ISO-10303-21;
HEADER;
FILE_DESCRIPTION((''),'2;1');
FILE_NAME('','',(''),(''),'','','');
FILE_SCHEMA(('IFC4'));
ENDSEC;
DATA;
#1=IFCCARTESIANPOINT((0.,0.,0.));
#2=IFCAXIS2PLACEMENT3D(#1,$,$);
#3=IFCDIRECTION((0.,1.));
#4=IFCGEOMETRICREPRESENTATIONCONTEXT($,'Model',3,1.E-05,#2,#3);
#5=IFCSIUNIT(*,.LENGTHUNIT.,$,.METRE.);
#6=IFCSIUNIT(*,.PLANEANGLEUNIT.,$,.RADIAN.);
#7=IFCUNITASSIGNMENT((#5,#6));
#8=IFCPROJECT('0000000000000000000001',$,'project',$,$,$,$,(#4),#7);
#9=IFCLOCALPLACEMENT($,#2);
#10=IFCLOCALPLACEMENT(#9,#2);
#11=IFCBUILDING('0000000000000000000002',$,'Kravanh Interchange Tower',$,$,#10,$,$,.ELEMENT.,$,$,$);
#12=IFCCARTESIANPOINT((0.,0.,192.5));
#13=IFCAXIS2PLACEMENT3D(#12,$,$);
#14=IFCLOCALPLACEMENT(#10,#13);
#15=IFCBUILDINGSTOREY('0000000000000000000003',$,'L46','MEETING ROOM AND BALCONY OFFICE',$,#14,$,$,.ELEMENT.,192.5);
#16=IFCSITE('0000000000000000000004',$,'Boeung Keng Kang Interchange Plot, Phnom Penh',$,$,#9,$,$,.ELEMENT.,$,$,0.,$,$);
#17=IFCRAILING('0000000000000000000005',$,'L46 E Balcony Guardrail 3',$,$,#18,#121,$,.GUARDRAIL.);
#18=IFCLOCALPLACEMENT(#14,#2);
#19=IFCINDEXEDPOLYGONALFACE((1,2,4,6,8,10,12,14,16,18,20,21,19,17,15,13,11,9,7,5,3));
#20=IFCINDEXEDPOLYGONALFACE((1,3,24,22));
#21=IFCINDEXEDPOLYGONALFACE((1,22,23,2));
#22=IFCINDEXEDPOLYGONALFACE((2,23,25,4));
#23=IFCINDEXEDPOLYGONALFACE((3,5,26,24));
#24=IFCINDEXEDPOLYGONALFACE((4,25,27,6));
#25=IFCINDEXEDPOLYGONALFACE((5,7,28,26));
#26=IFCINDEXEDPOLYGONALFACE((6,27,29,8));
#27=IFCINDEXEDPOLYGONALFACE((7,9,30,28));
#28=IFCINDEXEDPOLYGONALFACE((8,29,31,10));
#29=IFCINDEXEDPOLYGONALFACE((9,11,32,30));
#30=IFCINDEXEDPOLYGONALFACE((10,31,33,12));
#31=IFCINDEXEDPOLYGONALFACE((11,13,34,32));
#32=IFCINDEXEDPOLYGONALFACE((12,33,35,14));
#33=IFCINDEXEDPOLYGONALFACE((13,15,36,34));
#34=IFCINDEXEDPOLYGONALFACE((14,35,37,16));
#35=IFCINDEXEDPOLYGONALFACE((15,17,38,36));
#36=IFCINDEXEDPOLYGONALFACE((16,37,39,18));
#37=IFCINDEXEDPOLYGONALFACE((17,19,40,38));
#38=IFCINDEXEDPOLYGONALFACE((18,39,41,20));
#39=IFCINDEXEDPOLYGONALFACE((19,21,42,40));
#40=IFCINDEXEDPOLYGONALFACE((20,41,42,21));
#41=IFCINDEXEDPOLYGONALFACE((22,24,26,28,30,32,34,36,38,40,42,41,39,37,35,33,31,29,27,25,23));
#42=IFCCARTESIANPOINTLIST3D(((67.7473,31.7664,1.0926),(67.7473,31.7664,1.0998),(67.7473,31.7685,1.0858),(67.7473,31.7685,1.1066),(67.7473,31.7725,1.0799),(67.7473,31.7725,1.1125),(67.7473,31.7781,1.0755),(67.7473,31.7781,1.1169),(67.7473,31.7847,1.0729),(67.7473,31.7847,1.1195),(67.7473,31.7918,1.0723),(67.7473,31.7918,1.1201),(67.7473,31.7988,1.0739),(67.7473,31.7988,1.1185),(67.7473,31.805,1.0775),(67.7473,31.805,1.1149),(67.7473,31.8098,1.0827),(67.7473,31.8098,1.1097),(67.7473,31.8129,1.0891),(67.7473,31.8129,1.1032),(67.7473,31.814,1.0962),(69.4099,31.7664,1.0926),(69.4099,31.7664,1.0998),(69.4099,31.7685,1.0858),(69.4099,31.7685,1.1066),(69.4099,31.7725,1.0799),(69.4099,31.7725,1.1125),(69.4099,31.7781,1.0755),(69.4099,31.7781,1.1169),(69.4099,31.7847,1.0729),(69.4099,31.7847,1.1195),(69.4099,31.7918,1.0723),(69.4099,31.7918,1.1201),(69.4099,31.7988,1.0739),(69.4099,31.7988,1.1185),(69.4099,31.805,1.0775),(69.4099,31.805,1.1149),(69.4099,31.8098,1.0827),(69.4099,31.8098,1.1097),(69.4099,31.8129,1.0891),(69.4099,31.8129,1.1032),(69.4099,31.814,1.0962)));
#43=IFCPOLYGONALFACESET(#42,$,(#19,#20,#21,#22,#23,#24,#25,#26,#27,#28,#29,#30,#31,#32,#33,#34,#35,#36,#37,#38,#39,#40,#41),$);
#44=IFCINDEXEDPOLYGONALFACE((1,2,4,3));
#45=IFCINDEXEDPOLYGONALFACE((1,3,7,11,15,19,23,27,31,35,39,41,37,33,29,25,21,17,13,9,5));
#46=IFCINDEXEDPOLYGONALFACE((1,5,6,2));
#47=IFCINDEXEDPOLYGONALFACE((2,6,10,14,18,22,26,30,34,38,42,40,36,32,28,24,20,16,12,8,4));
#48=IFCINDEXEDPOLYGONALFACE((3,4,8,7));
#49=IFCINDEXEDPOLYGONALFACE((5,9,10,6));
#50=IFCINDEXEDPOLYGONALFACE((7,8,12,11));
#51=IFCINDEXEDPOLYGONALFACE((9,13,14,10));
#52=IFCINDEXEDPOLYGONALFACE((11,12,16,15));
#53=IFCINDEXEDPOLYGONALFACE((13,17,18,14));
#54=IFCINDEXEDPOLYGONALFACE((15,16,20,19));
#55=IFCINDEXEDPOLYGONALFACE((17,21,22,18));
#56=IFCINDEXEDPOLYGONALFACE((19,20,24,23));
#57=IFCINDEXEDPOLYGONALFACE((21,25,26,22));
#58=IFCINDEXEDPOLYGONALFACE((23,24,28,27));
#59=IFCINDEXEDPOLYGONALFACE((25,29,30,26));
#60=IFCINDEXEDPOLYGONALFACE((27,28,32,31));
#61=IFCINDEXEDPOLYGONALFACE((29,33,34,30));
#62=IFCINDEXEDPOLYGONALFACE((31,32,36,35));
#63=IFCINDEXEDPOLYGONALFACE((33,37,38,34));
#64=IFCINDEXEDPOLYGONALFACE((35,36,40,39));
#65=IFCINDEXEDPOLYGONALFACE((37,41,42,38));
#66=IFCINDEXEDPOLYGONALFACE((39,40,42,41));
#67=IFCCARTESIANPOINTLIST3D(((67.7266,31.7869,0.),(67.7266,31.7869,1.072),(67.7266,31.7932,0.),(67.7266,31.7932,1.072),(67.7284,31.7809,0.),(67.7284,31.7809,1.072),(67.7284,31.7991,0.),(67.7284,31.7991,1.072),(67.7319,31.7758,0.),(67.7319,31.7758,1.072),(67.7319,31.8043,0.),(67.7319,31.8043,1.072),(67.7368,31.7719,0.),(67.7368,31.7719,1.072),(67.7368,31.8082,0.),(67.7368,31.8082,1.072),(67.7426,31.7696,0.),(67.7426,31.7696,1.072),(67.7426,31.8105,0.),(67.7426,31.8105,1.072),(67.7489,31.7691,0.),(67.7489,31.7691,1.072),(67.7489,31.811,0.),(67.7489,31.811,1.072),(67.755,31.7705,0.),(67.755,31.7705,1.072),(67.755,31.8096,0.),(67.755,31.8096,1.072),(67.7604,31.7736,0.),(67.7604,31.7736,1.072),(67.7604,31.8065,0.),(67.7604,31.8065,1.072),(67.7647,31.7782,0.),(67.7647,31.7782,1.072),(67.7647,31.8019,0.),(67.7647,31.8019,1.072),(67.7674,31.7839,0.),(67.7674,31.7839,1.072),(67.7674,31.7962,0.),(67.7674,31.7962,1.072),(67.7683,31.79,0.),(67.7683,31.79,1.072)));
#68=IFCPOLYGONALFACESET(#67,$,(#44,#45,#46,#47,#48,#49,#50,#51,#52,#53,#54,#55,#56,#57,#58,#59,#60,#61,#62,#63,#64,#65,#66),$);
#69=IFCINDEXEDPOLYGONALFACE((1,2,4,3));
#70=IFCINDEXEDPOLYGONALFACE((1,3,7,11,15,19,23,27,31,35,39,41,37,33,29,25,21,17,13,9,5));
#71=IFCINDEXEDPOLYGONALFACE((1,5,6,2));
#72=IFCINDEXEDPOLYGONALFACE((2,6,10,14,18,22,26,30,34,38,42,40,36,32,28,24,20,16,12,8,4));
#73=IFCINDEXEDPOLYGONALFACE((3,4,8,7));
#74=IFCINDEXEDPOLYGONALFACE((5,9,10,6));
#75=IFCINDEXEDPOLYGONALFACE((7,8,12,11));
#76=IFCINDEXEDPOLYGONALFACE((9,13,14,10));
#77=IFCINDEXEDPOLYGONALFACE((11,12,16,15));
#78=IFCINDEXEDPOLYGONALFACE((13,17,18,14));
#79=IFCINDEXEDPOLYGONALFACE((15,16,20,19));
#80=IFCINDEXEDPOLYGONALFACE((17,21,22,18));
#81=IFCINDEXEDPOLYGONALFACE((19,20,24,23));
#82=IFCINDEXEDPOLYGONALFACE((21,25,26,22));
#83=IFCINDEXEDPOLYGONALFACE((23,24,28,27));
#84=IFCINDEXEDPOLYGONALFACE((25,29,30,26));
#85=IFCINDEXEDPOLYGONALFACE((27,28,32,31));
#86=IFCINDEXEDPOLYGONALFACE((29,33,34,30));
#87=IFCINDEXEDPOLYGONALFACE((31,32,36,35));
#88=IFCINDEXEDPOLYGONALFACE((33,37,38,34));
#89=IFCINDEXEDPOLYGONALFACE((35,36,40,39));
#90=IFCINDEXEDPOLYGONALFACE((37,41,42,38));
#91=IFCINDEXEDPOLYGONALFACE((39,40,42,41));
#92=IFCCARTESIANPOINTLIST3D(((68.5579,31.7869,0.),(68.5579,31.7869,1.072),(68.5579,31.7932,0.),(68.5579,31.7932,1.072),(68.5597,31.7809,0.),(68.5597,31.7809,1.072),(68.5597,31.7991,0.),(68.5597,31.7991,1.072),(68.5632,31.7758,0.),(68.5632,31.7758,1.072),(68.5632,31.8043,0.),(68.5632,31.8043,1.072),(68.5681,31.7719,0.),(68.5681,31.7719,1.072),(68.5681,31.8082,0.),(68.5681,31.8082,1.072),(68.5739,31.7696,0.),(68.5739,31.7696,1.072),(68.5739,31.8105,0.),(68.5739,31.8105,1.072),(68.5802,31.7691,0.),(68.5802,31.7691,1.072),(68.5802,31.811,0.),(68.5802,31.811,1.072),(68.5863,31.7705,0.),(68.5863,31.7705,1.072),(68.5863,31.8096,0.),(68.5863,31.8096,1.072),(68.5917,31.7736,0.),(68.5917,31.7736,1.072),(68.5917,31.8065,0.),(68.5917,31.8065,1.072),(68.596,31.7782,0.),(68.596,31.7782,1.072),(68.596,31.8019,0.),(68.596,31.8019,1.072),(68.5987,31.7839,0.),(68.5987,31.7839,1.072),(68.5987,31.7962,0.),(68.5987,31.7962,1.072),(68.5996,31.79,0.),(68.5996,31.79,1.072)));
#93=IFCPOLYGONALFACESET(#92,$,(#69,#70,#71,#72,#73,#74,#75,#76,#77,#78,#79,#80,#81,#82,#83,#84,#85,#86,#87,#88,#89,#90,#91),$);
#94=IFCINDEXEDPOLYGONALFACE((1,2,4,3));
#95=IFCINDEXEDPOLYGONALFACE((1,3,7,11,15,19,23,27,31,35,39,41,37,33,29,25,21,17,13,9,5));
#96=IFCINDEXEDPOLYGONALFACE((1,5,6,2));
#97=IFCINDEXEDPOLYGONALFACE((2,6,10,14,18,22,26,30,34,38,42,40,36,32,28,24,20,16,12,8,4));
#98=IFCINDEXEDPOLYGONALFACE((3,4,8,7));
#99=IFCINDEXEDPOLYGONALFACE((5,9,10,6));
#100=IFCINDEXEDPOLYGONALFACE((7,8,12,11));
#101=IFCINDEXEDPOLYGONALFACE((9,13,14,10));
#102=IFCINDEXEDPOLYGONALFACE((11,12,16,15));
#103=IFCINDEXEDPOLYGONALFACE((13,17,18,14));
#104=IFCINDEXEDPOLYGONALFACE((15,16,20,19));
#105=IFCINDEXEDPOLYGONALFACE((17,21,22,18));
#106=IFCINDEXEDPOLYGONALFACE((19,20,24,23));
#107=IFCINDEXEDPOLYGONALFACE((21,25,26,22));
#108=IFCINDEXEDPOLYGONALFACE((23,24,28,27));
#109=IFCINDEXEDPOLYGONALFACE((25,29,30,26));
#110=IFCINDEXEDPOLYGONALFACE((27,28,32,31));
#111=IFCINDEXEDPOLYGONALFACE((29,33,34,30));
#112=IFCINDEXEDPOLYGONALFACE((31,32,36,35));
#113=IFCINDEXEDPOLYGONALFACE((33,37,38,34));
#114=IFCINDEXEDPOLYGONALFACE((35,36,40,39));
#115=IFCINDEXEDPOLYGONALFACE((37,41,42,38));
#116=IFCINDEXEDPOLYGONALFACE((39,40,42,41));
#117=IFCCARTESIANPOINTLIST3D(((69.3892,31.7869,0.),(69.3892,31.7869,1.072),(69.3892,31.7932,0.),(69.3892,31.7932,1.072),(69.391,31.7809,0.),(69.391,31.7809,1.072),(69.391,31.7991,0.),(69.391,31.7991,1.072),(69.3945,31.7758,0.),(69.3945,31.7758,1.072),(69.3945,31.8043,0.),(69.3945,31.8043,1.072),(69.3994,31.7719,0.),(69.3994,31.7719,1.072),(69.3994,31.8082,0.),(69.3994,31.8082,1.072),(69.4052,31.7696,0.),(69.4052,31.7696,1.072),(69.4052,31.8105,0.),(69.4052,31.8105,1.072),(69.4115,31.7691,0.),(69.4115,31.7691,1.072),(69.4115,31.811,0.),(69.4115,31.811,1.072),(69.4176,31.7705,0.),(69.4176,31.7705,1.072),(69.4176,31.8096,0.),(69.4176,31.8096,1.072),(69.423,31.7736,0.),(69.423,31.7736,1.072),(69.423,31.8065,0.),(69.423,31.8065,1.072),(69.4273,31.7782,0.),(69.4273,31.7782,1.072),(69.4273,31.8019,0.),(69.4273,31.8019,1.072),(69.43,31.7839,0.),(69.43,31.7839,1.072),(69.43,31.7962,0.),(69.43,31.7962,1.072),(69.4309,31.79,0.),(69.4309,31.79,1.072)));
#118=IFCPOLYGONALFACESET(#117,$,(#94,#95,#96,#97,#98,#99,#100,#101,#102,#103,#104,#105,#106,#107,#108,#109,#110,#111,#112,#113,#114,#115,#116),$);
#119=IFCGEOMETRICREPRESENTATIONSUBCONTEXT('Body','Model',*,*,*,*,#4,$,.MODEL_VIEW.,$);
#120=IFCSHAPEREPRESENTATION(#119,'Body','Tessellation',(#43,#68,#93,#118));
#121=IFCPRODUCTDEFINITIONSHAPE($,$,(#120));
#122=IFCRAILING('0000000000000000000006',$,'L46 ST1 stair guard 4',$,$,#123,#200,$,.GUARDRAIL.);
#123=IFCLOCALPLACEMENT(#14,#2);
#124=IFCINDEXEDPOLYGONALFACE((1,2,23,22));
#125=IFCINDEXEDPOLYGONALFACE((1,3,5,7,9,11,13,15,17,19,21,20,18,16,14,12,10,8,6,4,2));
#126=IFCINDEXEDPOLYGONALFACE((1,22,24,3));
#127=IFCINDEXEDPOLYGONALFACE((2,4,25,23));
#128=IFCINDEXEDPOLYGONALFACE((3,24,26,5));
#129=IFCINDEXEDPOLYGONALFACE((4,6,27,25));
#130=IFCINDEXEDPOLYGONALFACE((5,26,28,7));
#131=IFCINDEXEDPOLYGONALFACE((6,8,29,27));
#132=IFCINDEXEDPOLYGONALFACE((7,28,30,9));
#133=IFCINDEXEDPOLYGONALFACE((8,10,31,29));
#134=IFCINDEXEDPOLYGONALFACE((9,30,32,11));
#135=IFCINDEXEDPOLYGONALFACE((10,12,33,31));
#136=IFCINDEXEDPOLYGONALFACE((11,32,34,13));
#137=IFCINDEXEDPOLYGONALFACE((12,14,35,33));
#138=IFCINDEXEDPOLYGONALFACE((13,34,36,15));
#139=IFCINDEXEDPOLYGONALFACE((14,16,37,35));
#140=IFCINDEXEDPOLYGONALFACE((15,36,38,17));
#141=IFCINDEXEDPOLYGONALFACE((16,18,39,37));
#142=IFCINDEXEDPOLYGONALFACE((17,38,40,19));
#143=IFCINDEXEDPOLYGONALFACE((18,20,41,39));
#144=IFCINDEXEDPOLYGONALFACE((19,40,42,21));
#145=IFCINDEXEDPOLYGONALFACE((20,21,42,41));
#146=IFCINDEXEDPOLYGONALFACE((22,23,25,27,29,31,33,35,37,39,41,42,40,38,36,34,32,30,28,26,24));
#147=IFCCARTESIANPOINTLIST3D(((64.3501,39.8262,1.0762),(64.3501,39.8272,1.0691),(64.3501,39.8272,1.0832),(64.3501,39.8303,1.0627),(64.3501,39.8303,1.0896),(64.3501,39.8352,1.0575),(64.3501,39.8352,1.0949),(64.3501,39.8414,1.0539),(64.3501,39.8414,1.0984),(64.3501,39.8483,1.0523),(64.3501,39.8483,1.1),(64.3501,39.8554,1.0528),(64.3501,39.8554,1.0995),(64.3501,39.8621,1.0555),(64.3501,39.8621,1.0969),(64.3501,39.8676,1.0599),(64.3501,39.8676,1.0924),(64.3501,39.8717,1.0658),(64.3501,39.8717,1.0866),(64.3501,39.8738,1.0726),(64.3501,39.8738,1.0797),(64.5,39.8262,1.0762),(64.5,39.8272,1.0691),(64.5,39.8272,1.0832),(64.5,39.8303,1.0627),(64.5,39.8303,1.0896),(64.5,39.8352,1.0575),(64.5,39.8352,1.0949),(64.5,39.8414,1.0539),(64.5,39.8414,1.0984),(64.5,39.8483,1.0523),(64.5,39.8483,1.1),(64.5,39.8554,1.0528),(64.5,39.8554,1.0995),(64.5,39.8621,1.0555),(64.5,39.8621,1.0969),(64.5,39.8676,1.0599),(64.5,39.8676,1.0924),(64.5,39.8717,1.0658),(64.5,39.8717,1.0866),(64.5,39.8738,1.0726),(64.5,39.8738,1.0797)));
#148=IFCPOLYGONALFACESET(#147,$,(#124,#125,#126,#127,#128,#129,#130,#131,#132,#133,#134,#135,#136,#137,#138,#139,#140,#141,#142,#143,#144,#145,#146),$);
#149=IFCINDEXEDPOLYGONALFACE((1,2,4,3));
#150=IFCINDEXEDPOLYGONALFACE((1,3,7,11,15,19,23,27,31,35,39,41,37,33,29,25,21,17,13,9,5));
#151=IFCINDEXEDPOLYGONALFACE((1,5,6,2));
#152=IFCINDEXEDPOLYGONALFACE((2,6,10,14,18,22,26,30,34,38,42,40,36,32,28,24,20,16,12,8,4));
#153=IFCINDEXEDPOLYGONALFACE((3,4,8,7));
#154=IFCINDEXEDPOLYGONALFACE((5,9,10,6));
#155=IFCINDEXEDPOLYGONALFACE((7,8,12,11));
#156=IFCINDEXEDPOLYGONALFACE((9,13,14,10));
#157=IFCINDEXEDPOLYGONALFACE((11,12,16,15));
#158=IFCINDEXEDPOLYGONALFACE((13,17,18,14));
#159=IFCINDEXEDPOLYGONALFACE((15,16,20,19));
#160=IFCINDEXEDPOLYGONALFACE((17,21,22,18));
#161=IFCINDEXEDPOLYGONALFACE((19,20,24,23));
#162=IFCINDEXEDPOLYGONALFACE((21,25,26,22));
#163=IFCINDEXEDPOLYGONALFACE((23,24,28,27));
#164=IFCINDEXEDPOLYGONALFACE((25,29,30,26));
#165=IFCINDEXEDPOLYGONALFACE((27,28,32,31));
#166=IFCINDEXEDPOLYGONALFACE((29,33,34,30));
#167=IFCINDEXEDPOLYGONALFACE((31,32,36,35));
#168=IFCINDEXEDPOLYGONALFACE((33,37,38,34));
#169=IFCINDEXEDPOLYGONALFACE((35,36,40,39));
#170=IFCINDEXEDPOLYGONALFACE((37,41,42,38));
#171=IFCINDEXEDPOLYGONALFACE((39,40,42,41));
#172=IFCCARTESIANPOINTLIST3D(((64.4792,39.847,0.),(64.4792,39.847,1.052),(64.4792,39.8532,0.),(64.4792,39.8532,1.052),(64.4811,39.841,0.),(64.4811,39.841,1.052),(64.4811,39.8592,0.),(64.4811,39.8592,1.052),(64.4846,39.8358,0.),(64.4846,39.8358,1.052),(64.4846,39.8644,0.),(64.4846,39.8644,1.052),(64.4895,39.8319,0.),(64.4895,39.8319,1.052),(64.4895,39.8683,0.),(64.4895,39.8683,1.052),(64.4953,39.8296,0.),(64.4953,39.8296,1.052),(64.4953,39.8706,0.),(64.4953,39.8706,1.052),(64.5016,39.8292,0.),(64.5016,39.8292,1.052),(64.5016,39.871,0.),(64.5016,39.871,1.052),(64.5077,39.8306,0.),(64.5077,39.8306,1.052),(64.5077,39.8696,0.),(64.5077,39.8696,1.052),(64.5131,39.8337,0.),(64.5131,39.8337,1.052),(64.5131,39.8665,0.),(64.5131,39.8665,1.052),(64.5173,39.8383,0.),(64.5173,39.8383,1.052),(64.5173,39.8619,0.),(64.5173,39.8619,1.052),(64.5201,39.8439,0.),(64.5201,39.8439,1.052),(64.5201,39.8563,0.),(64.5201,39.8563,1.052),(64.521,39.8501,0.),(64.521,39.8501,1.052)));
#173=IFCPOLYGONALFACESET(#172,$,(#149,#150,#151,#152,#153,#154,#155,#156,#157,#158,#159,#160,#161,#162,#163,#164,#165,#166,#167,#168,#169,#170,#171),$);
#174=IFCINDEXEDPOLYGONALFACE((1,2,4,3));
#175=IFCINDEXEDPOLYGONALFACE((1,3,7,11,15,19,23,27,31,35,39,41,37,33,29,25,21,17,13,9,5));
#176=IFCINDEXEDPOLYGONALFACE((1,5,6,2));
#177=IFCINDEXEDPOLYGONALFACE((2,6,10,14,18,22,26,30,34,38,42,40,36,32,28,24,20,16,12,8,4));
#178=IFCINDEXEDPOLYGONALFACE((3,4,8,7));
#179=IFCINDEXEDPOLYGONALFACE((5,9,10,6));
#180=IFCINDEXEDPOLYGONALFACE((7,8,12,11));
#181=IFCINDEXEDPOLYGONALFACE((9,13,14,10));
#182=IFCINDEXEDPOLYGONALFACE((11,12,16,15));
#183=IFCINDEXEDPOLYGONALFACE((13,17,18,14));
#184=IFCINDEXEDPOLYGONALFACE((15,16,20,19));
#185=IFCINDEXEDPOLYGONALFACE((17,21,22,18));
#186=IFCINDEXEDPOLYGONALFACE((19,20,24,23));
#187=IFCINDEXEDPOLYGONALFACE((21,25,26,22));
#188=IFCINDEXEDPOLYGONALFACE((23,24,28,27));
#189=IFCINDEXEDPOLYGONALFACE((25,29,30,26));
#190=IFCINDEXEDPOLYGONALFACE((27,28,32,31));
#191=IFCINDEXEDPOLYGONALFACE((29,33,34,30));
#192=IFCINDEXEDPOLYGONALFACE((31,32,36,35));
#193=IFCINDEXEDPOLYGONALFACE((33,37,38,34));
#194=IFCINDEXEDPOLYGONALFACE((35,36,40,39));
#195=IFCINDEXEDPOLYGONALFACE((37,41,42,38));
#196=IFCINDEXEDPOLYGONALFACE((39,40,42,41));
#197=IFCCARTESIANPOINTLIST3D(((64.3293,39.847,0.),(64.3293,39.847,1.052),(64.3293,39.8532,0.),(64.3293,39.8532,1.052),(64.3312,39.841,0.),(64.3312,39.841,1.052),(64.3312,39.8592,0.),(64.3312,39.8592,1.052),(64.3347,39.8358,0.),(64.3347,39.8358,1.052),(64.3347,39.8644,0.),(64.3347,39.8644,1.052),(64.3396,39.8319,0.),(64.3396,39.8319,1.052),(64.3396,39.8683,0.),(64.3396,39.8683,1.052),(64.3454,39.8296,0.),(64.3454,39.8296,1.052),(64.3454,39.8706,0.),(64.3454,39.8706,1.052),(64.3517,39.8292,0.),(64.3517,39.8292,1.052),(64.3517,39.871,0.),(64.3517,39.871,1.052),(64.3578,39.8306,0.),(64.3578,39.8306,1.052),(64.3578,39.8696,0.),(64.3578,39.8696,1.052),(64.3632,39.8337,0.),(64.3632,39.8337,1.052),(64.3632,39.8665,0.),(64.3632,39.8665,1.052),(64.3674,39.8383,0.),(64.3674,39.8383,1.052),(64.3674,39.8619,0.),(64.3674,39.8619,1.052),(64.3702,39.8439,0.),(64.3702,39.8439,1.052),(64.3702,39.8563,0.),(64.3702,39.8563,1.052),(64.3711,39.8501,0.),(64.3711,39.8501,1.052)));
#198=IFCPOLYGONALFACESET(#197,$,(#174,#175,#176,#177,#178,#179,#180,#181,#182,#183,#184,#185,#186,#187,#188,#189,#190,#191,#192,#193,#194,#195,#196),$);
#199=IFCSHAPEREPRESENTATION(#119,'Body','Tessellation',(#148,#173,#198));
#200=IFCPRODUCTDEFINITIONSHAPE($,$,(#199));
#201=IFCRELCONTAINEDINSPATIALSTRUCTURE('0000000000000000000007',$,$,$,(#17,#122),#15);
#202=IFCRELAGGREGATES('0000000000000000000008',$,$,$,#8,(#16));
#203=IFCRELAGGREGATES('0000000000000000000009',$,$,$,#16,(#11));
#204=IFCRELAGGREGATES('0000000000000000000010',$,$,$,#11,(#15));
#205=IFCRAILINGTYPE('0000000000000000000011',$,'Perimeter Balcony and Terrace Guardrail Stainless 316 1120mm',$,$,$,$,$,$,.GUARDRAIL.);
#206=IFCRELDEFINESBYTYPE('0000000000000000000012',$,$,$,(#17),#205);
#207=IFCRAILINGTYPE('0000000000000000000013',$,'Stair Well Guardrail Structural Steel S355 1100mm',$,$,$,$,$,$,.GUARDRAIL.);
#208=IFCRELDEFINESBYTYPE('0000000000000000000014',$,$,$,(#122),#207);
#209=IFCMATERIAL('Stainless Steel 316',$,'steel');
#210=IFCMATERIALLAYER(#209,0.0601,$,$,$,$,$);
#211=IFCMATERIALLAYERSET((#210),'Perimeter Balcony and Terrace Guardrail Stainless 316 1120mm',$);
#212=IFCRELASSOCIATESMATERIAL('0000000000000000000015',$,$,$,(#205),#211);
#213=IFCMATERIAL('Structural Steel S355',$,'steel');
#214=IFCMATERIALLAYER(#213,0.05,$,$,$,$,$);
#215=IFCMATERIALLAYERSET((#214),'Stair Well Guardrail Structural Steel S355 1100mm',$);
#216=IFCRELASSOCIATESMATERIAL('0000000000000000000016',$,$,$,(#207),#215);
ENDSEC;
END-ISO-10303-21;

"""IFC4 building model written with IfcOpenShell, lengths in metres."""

from ifc_helpers import new_model, si_unit, direction, frame, origin, origin_2d, place, context, subcontext, project, spatial, circle, extrude, material, layer, layer_set, type_object, element, save


model = new_model("IFC4")

# Units and contexts
model_context = context("Model", 3, precision=1e-05, world=origin(), true_north=direction((0.0, 1.0)))
body_context = subcontext(model_context, "Body", "Model", "MODEL_VIEW")
ifc_project = project(units=[si_unit("LENGTHUNIT", "METRE"), si_unit("PLANEANGLEUNIT", "RADIAN")], contexts=[model_context])

# Site, building, storey
site_placement = place(None, origin())
site = spatial("IfcSite", under=ifc_project, at=site_placement, Name="Boeung Keng Kang Interchange Plot, Phnom Penh", CompositionType="ELEMENT", RefElevation=0.0)
building_placement = place(site_placement, origin())
building = spatial("IfcBuilding", under=site, at=building_placement, Name="Kravanh Interchange Tower", CompositionType="ELEMENT")
storey_placement = place(building_placement, frame((0.0, 0.0, 192.5)))
storey = spatial("IfcBuildingStorey", under=building, at=storey_placement, Name="L46", Description="MEETING ROOM AND BALCONY OFFICE", CompositionType="ELEMENT", Elevation=192.5)

# Railings
ifc_material_1 = material(Name="Stainless Steel 316", Category="steel")
ifc_layer_1 = layer(ifc_material_1, 0.0601)
ifc_layer_set_1 = layer_set([ifc_layer_1], Name="Perimeter Balcony and Terrace Guardrail Stainless 316 1120mm")
railing_type_1 = type_object("IfcRailingType", Name="Perimeter Balcony and Terrace Guardrail Stainless 316 1120mm", PredefinedType="GUARDRAIL", material=ifc_layer_set_1)
railing_1_placement = place(storey_placement, frame((67.7473, 31.79, 0.0)))
element("IfcRailing", 1, at=railing_1_placement, inside=storey, type_object=railing_type_1, Name="L46 E Balcony Guardrail 3", PredefinedType="GUARDRAIL", context=body_context, shape_type="SweptSolid", body=[
    extrude(circle(Radius=0.0239, at=origin_2d()), frame((0.0, 0.0, 1.0962), z_axis=(1.0, 0.0, 0.0), x_axis=(0.0, 1.0, 0.0)), (0.0, 0.0, 1.0), 1.6626),
    extrude(circle(Radius=0.021, at=origin_2d()), origin(), (0.0, 0.0, 1.0), 1.072),
    extrude(circle(Radius=0.021, at=origin_2d()), frame((0.8313, 0.0, 0.0)), (0.0, 0.0, 1.0), 1.072),
    extrude(circle(Radius=0.021, at=origin_2d()), frame((1.6626, 0.0, 0.0)), (0.0, 0.0, 1.0), 1.072),
])
ifc_material_2 = material(Name="Structural Steel S355", Category="steel")
ifc_layer_2 = layer(ifc_material_2, 0.05)
ifc_layer_set_2 = layer_set([ifc_layer_2], Name="Stair Well Guardrail Structural Steel S355 1100mm")
railing_type_2 = type_object("IfcRailingType", Name="Stair Well Guardrail Structural Steel S355 1100mm", PredefinedType="GUARDRAIL", material=ifc_layer_set_2)
railing_2_placement = place(storey_placement, frame((64.5, 39.8501, 0.0)))
element("IfcRailing", 2, at=railing_2_placement, inside=storey, type_object=railing_type_2, Name="L46 ST1 stair guard 4", PredefinedType="GUARDRAIL", context=body_context, shape_type="SweptSolid", body=[
    extrude(circle(Radius=0.0239, at=origin_2d()), frame((0.0, 0.0, 1.0762), z_axis=(-1.0, 0.0, 0.0), x_axis=(0.0, -1.0, 0.0)), (0.0, 0.0, 1.0), 0.1499),
    extrude(circle(Radius=0.021, at=origin_2d()), origin(), (0.0, 0.0, 1.0), 1.052),
    extrude(circle(Radius=0.021, at=origin_2d()), frame((-0.1499, 0.0, 0.0)), (0.0, 0.0, 1.0), 1.052),
])

save(model, "model.ifc")
